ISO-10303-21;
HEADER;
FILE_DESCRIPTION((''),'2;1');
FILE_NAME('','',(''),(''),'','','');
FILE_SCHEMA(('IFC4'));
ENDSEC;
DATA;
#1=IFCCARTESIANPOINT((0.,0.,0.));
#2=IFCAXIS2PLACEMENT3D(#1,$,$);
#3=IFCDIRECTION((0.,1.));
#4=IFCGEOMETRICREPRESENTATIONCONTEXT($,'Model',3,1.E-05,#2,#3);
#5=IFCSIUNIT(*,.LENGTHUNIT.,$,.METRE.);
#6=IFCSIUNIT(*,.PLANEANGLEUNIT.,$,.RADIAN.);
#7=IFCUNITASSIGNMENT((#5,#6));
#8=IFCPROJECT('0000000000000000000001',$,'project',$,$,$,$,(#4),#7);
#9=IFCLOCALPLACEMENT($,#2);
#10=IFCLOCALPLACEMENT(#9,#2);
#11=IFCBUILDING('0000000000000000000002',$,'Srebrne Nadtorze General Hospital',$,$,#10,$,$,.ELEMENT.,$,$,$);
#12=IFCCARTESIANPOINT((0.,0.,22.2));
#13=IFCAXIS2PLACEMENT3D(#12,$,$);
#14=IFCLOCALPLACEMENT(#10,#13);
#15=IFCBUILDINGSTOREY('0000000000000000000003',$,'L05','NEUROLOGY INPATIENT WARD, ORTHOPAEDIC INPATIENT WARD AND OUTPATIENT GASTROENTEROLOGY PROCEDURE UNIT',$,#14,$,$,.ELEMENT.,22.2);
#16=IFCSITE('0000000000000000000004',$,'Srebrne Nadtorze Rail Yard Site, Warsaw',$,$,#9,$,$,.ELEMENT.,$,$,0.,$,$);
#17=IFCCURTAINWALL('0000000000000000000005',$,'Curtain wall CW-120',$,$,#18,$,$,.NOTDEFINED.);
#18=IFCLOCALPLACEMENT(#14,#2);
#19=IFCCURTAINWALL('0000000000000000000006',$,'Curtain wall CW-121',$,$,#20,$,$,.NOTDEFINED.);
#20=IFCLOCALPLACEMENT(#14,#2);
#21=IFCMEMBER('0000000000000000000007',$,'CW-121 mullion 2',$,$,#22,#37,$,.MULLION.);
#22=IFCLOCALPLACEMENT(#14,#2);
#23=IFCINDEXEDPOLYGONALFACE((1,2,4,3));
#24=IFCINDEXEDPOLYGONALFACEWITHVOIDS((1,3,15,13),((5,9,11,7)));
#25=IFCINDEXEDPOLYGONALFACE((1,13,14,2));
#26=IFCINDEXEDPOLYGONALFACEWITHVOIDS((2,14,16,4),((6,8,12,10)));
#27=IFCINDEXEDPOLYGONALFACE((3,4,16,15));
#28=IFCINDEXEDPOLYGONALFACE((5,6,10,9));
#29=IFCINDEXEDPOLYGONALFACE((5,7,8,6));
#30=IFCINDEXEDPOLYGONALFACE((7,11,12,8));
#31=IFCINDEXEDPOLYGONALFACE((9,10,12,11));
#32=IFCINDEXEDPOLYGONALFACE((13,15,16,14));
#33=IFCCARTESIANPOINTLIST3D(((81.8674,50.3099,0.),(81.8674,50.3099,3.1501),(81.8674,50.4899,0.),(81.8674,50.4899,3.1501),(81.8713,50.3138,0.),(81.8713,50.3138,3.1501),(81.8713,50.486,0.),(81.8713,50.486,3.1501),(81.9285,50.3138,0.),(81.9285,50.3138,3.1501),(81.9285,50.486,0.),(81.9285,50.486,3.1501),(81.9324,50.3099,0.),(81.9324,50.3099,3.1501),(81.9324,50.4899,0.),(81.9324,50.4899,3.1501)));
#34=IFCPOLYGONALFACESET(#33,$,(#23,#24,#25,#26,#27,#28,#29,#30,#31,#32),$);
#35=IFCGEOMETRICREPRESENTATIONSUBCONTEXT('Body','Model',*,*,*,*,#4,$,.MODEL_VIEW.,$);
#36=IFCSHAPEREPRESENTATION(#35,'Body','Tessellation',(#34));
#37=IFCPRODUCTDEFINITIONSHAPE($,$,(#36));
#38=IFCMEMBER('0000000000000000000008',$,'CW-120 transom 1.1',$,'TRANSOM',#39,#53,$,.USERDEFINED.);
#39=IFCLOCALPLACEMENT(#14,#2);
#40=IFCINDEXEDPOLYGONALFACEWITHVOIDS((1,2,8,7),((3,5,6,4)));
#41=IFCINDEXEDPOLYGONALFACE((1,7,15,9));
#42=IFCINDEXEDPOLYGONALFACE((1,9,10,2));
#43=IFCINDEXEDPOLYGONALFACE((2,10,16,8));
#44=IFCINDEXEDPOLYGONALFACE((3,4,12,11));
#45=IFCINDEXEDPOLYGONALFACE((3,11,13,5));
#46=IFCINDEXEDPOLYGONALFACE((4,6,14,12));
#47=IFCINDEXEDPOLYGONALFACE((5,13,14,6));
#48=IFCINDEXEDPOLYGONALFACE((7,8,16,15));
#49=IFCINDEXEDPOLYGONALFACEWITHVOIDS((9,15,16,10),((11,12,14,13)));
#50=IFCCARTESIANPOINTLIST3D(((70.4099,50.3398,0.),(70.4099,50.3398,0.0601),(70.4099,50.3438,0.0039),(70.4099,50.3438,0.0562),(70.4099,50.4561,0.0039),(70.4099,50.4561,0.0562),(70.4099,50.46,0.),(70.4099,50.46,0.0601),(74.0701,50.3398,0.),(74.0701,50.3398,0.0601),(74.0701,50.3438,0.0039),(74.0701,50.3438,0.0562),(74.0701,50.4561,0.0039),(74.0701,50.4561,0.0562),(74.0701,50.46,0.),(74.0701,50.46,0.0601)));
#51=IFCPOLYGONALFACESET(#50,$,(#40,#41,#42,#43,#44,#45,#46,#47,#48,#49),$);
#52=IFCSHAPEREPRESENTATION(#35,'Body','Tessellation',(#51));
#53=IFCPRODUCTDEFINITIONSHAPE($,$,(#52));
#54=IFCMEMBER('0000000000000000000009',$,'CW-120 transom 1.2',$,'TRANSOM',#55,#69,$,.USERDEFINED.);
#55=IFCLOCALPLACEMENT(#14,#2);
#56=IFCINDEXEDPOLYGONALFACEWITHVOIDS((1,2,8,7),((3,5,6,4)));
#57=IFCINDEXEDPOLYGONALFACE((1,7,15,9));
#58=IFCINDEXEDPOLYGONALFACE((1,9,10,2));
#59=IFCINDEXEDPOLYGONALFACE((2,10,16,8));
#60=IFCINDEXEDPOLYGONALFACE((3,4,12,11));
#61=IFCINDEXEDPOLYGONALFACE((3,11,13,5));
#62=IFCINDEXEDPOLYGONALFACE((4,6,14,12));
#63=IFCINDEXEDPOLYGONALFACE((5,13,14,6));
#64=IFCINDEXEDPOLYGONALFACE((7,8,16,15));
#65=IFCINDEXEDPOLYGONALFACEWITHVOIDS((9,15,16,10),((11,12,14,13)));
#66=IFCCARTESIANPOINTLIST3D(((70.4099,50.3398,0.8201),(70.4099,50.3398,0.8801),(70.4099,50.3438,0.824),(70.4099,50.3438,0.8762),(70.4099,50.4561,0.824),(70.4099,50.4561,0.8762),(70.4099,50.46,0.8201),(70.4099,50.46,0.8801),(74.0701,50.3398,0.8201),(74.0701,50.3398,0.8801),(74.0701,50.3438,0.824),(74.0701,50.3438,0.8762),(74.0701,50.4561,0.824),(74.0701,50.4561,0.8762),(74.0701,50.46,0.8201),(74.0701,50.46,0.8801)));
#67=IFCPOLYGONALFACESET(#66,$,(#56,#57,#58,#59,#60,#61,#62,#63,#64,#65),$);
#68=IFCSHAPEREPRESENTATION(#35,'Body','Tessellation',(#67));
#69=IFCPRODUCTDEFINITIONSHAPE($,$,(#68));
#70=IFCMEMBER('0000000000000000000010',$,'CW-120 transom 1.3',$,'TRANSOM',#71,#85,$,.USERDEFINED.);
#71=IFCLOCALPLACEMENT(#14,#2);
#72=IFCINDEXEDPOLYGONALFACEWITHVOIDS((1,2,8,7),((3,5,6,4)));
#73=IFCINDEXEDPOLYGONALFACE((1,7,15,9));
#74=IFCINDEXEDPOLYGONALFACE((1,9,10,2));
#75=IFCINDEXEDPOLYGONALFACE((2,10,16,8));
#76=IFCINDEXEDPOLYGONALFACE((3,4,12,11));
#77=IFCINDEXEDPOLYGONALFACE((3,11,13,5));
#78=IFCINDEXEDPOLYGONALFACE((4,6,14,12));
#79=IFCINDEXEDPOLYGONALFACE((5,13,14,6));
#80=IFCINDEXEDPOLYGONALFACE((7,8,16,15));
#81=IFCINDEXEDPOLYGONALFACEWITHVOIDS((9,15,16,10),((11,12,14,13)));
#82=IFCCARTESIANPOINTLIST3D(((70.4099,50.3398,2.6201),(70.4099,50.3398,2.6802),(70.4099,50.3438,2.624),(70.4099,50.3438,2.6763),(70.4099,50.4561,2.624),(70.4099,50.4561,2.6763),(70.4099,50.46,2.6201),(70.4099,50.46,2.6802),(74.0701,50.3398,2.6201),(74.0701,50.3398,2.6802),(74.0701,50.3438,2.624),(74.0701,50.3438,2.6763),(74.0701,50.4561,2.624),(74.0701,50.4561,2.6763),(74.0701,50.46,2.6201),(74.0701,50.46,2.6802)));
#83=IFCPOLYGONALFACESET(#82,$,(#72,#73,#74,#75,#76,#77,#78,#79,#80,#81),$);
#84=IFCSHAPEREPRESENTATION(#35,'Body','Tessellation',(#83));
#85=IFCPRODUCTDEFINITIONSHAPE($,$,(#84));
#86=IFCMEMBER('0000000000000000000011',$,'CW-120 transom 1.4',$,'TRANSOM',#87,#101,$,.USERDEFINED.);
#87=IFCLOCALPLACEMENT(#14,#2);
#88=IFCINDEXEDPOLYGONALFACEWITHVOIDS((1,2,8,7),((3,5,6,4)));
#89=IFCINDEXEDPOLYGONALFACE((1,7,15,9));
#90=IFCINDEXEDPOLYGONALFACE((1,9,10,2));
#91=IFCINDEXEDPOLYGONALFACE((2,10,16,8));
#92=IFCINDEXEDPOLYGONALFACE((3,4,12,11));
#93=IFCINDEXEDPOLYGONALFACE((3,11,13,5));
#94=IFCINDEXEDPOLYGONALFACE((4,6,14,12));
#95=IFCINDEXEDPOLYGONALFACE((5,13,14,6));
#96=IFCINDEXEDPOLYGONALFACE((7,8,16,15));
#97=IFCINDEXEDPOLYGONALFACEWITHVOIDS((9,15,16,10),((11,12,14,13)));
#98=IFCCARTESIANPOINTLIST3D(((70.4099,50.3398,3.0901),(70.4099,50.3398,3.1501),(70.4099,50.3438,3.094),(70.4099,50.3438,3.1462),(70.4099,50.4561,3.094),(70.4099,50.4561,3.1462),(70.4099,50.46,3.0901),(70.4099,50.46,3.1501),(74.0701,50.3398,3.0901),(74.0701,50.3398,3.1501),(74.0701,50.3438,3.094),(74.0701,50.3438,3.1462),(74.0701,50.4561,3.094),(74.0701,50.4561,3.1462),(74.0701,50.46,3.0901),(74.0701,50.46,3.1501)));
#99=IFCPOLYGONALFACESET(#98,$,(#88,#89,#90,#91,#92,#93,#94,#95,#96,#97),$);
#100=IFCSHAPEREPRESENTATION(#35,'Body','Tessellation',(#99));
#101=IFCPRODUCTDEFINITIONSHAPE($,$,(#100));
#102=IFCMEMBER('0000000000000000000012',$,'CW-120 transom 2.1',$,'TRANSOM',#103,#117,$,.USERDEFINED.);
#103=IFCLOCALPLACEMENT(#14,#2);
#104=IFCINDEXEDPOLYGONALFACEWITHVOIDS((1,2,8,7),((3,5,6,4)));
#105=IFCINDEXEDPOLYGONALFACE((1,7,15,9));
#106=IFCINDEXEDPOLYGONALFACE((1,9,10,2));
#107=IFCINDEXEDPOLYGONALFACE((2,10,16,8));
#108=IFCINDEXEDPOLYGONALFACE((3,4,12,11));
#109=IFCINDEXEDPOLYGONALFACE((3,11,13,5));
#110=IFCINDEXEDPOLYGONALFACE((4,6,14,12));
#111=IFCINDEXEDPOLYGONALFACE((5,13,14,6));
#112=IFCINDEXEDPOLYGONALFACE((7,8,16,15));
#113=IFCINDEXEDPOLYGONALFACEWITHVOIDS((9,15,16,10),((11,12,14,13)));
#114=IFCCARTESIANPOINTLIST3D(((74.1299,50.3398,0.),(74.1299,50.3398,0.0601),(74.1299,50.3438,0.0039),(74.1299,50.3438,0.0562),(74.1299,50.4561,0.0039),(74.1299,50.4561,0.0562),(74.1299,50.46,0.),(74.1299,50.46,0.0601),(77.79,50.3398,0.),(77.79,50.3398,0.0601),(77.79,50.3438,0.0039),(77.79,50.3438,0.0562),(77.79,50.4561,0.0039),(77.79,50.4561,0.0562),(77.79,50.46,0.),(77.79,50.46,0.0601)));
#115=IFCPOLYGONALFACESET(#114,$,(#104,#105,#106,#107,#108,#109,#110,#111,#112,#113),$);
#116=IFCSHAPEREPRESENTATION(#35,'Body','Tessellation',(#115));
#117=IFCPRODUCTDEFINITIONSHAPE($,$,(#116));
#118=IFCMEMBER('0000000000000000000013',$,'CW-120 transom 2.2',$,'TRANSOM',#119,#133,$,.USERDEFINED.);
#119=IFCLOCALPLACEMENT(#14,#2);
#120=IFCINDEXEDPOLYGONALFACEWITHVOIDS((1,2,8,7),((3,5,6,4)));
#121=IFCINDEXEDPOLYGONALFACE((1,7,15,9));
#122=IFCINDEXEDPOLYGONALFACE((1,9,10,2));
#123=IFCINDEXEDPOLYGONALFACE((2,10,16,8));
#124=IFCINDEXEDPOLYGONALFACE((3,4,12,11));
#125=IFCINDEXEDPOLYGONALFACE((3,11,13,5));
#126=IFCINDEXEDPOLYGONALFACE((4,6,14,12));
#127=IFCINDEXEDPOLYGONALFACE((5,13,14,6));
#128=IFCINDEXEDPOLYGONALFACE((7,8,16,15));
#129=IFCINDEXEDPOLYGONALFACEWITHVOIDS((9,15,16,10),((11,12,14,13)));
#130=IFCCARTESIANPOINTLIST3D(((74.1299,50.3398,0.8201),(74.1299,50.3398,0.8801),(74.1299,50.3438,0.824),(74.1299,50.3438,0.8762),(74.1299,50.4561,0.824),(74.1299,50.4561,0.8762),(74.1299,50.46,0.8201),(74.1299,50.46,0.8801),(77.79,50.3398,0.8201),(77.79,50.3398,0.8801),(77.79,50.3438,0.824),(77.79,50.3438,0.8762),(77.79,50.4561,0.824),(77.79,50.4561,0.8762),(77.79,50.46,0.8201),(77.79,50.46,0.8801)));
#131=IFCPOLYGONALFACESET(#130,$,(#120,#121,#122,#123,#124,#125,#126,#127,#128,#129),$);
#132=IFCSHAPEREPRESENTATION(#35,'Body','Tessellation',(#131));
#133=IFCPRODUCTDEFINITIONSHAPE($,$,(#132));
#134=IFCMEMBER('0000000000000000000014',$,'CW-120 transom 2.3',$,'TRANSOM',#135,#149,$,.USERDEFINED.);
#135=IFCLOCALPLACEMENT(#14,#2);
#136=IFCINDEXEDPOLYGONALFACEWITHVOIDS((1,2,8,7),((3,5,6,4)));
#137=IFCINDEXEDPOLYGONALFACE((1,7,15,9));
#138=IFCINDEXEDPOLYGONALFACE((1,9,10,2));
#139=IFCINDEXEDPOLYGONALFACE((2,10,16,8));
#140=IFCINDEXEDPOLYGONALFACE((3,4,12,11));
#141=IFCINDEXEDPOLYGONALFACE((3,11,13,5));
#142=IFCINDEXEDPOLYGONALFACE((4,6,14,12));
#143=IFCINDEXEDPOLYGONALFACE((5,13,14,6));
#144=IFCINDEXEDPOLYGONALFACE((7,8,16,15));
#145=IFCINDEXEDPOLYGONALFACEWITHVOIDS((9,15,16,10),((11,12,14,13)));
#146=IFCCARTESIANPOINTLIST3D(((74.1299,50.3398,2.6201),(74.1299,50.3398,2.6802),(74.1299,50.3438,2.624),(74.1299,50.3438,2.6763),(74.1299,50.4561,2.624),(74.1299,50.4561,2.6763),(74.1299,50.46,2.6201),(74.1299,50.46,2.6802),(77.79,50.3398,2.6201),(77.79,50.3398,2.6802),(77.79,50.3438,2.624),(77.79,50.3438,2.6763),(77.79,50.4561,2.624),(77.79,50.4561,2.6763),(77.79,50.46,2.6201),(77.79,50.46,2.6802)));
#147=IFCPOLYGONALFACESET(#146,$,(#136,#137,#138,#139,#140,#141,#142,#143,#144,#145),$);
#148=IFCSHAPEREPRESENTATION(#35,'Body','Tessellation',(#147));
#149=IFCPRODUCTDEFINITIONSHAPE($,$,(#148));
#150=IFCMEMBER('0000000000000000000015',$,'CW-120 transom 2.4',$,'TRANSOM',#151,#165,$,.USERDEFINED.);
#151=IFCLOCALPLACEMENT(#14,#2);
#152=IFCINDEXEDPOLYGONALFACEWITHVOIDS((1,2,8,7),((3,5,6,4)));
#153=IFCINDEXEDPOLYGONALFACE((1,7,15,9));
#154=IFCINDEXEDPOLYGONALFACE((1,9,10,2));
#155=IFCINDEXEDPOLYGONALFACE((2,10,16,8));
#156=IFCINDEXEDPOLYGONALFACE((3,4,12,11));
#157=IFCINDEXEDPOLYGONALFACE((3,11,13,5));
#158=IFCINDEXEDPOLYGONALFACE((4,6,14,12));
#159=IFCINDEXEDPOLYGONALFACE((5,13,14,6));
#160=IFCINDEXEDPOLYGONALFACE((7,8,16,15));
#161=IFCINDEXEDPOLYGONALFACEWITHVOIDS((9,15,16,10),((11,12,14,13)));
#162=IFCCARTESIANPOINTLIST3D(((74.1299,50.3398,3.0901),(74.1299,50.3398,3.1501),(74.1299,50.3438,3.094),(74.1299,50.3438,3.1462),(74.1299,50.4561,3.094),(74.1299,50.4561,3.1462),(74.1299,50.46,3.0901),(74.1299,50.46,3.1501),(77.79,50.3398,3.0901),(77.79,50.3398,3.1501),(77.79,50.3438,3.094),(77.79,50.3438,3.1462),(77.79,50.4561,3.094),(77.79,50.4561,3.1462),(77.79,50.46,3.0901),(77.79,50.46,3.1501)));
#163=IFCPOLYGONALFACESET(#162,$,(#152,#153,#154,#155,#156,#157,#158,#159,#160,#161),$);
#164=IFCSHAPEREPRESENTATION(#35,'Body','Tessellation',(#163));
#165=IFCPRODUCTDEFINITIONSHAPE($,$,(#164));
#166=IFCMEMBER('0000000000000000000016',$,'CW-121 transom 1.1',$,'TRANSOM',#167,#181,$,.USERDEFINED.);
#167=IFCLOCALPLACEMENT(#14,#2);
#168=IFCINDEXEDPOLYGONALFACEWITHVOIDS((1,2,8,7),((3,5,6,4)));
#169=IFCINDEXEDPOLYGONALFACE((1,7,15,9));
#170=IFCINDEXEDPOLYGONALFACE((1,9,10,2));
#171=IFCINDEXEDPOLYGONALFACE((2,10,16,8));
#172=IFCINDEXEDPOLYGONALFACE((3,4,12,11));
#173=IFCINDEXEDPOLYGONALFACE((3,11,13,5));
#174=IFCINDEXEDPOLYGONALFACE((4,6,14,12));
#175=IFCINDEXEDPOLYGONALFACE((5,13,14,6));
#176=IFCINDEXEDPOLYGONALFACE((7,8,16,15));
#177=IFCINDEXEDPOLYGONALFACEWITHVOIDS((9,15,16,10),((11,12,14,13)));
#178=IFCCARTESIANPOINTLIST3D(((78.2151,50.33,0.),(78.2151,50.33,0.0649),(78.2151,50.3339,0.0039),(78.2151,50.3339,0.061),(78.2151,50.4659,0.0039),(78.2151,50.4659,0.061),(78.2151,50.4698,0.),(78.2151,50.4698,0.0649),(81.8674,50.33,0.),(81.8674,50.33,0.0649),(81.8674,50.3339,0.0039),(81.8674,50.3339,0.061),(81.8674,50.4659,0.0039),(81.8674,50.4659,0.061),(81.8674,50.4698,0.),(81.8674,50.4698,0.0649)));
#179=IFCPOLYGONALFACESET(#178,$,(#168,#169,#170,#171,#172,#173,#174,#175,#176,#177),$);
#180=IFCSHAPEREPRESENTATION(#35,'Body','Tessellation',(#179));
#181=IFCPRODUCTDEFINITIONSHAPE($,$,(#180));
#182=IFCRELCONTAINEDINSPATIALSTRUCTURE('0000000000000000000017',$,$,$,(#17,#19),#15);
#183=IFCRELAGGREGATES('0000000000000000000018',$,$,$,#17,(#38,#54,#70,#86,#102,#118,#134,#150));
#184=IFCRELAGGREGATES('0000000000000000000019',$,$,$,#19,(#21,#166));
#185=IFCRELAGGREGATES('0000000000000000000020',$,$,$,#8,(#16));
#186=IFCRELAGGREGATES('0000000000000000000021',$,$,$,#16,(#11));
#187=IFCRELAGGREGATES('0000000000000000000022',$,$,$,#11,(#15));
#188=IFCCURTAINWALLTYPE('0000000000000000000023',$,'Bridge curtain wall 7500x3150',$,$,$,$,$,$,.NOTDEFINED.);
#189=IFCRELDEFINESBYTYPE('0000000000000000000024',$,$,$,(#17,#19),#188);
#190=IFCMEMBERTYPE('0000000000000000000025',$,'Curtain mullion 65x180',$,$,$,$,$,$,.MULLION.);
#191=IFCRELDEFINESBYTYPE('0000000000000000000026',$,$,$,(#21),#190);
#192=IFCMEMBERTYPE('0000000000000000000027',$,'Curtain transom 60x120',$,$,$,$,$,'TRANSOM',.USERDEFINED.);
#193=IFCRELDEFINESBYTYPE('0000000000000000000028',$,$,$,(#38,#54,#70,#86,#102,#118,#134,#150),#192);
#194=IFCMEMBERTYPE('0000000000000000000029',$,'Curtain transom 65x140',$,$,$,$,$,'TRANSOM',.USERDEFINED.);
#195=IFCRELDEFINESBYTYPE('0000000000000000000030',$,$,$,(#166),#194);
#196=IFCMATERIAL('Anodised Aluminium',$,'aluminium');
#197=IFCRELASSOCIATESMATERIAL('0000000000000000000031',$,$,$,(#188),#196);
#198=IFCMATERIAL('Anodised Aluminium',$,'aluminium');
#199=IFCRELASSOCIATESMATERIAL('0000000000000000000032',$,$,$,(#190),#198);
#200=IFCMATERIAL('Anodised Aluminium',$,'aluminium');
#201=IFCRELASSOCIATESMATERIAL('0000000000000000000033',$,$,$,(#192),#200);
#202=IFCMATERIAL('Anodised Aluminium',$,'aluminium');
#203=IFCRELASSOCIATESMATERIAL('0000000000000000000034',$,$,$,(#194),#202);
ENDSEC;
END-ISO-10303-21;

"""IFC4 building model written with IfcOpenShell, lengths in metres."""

from ifc_helpers import new_model, si_unit, direction, frame, origin, origin_2d, place, context, subcontext, project, spatial, hollow_rectangle, extrude, material, material_profile, profile_set, type_object, element, aggregate, save


model = new_model("IFC4")

# Units and contexts
model_context = context("Model", 3, precision=1e-05, world=origin(), true_north=direction((0.0, 1.0)))
body_context = subcontext(model_context, "Body", "Model", "MODEL_VIEW")
ifc_project = project(units=[si_unit("LENGTHUNIT", "METRE"), si_unit("PLANEANGLEUNIT", "RADIAN")], contexts=[model_context])

# Site, building, storey
site_placement = place(None, origin())
site = spatial("IfcSite", under=ifc_project, at=site_placement, Name="Srebrne Nadtorze Rail Yard Site, Warsaw", CompositionType="ELEMENT", RefElevation=0.0)
building_placement = place(site_placement, origin())
building = spatial("IfcBuilding", under=site, at=building_placement, Name="Srebrne Nadtorze General Hospital", CompositionType="ELEMENT")
storey_placement = place(building_placement, frame((0.0, 0.0, 22.2)))
storey = spatial("IfcBuildingStorey", under=building, at=storey_placement, Name="L05", Description="NEUROLOGY INPATIENT WARD, ORTHOPAEDIC INPATIENT WARD AND OUTPATIENT GASTROENTEROLOGY PROCEDURE UNIT", CompositionType="ELEMENT", Elevation=22.2)

# Curtain wall
ifc_material_1 = material(Name="Anodised Aluminium", Category="aluminium")
curtain_wall_type = type_object("IfcCurtainWallType", Name="Bridge curtain wall 7500x3150", PredefinedType="NOTDEFINED", material=ifc_material_1)
curtain_wall_1_placement = place(storey_placement, origin())
curtain_wall_1 = element("IfcCurtainWall", 1, at=curtain_wall_1_placement, inside=storey, type_object=curtain_wall_type, Name="Curtain wall CW-120", PredefinedType="NOTDEFINED")

# Shared definitions
ifc_material_2 = material(Name="Anodised Aluminium", Category="aluminium")
ifc_material_profile_1 = material_profile(ifc_material_2, hollow_rectangle(XDim=0.0649, YDim=0.1799, WallThickness=0.0039, at=origin_2d()), Name="AL-MUL-65x180")
ifc_profile_set_1 = profile_set([ifc_material_profile_1], Name="Anodised Aluminium")
member_type_1 = type_object("IfcMemberType", Name="Curtain mullion 65x180", PredefinedType="MULLION", material=ifc_profile_set_1)

# Curtain wall, member
curtain_wall_2_placement = place(storey_placement, origin())
curtain_wall_2 = element("IfcCurtainWall", 2, at=curtain_wall_2_placement, inside=storey, type_object=curtain_wall_type, Name="Curtain wall CW-121", PredefinedType="NOTDEFINED")
member_1_placement = place(storey_placement, frame((81.8999, 50.3999, 0.0), z_axis=(0.0, 0.0, 1.0), x_axis=(1.0, 0.0, 0.0)))
member_1 = element("IfcMember", 3, at=member_1_placement, type_object=member_type_1, Name="CW-121 mullion 2", PredefinedType="MULLION", context=body_context, shape_type="SweptSolid", body=[
    extrude(hollow_rectangle(XDim=0.0649, YDim=0.1799, WallThickness=0.0039, at=origin_2d()), origin(), (0.0, 0.0, 1.0), 3.1501),
])

# Members
ifc_material_3 = material(Name="Anodised Aluminium", Category="aluminium")
ifc_material_profile_2 = material_profile(ifc_material_3, hollow_rectangle(XDim=0.0601, YDim=0.1201, WallThickness=0.0039, at=origin_2d()), Name="AL-TRN-60x120")
ifc_profile_set_2 = profile_set([ifc_material_profile_2], Name="Anodised Aluminium")
member_type_2 = type_object("IfcMemberType", Name="Curtain transom 60x120", ElementType="TRANSOM", PredefinedType="USERDEFINED", material=ifc_profile_set_2)
member_2_placement = place(storey_placement, frame((70.4099, 50.3999, 0.03), z_axis=(1.0, 0.0, 0.0), x_axis=(0.0, 0.0, 1.0)))
member_2 = element("IfcMember", 4, at=member_2_placement, type_object=member_type_2, Name="CW-120 transom 1.1", ObjectType="TRANSOM", PredefinedType="USERDEFINED", context=body_context, shape_type="SweptSolid", body=[
    extrude(hollow_rectangle(XDim=0.0601, YDim=0.1201, WallThickness=0.0039, at=origin_2d()), origin(), (0.0, 0.0, 1.0), 3.6602),
])
member_3_placement = place(storey_placement, frame((70.4099, 50.3999, 0.8501), z_axis=(1.0, 0.0, 0.0), x_axis=(0.0, 0.0, 1.0)))
member_3 = element("IfcMember", 5, at=member_3_placement, type_object=member_type_2, Name="CW-120 transom 1.2", ObjectType="TRANSOM", PredefinedType="USERDEFINED", context=body_context, shape_type="SweptSolid", body=[
    extrude(hollow_rectangle(XDim=0.0601, YDim=0.1201, WallThickness=0.0039, at=origin_2d()), origin(), (0.0, 0.0, 1.0), 3.6602),
])
member_4_placement = place(storey_placement, frame((70.4099, 50.3999, 2.6501), z_axis=(1.0, 0.0, 0.0), x_axis=(0.0, 0.0, 1.0)))
member_4 = element("IfcMember", 6, at=member_4_placement, type_object=member_type_2, Name="CW-120 transom 1.3", ObjectType="TRANSOM", PredefinedType="USERDEFINED", context=body_context, shape_type="SweptSolid", body=[
    extrude(hollow_rectangle(XDim=0.0601, YDim=0.1201, WallThickness=0.0039, at=origin_2d()), origin(), (0.0, 0.0, 1.0), 3.6602),
])
member_5_placement = place(storey_placement, frame((70.4099, 50.3999, 3.1201), z_axis=(1.0, 0.0, 0.0), x_axis=(0.0, 0.0, 1.0)))
member_5 = element("IfcMember", 7, at=member_5_placement, type_object=member_type_2, Name="CW-120 transom 1.4", ObjectType="TRANSOM", PredefinedType="USERDEFINED", context=body_context, shape_type="SweptSolid", body=[
    extrude(hollow_rectangle(XDim=0.0601, YDim=0.1201, WallThickness=0.0039, at=origin_2d()), origin(), (0.0, 0.0, 1.0), 3.6602),
])
member_6_placement = place(storey_placement, frame((74.1299, 50.3999, 0.03), z_axis=(1.0, 0.0, 0.0), x_axis=(0.0, 0.0, 1.0)))
member_6 = element("IfcMember", 8, at=member_6_placement, type_object=member_type_2, Name="CW-120 transom 2.1", ObjectType="TRANSOM", PredefinedType="USERDEFINED", context=body_context, shape_type="SweptSolid", body=[
    extrude(hollow_rectangle(XDim=0.0601, YDim=0.1201, WallThickness=0.0039, at=origin_2d()), origin(), (0.0, 0.0, 1.0), 3.6602),
])
member_7_placement = place(storey_placement, frame((74.1299, 50.3999, 0.8501), z_axis=(1.0, 0.0, 0.0), x_axis=(0.0, 0.0, 1.0)))
member_7 = element("IfcMember", 9, at=member_7_placement, type_object=member_type_2, Name="CW-120 transom 2.2", ObjectType="TRANSOM", PredefinedType="USERDEFINED", context=body_context, shape_type="SweptSolid", body=[
    extrude(hollow_rectangle(XDim=0.0601, YDim=0.1201, WallThickness=0.0039, at=origin_2d()), origin(), (0.0, 0.0, 1.0), 3.6602),
])
member_8_placement = place(storey_placement, frame((74.1299, 50.3999, 2.6501), z_axis=(1.0, 0.0, 0.0), x_axis=(0.0, 0.0, 1.0)))
member_8 = element("IfcMember", 10, at=member_8_placement, type_object=member_type_2, Name="CW-120 transom 2.3", ObjectType="TRANSOM", PredefinedType="USERDEFINED", context=body_context, shape_type="SweptSolid", body=[
    extrude(hollow_rectangle(XDim=0.0601, YDim=0.1201, WallThickness=0.0039, at=origin_2d()), origin(), (0.0, 0.0, 1.0), 3.6602),
])
member_9_placement = place(storey_placement, frame((74.1299, 50.3999, 3.1201), z_axis=(1.0, 0.0, 0.0), x_axis=(0.0, 0.0, 1.0)))
member_9 = element("IfcMember", 11, at=member_9_placement, type_object=member_type_2, Name="CW-120 transom 2.4", ObjectType="TRANSOM", PredefinedType="USERDEFINED", context=body_context, shape_type="SweptSolid", body=[
    extrude(hollow_rectangle(XDim=0.0601, YDim=0.1201, WallThickness=0.0039, at=origin_2d()), origin(), (0.0, 0.0, 1.0), 3.6602),
])
ifc_material_4 = material(Name="Anodised Aluminium", Category="aluminium")
ifc_material_profile_3 = material_profile(ifc_material_4, hollow_rectangle(XDim=0.0649, YDim=0.1399, WallThickness=0.0039, at=origin_2d()), Name="AL-TRN-65x140")
ifc_profile_set_3 = profile_set([ifc_material_profile_3], Name="Anodised Aluminium")
member_type_3 = type_object("IfcMemberType", Name="Curtain transom 65x140", ElementType="TRANSOM", PredefinedType="USERDEFINED", material=ifc_profile_set_3)
member_10_placement = place(storey_placement, frame((78.2151, 50.3999, 0.0325), z_axis=(1.0, 0.0, 0.0), x_axis=(0.0, 0.0, 1.0)))
member_10 = element("IfcMember", 12, at=member_10_placement, type_object=member_type_3, Name="CW-121 transom 1.1", ObjectType="TRANSOM", PredefinedType="USERDEFINED", context=body_context, shape_type="SweptSolid", body=[
    extrude(hollow_rectangle(XDim=0.0649, YDim=0.1399, WallThickness=0.0039, at=origin_2d()), origin(), (0.0, 0.0, 1.0), 3.6523),
])

aggregate(curtain_wall_1, [member_2, member_3, member_4, member_5, member_6, member_7, member_8, member_9])
aggregate(curtain_wall_2, [member_1, member_10])

save(model, "model.ifc")
